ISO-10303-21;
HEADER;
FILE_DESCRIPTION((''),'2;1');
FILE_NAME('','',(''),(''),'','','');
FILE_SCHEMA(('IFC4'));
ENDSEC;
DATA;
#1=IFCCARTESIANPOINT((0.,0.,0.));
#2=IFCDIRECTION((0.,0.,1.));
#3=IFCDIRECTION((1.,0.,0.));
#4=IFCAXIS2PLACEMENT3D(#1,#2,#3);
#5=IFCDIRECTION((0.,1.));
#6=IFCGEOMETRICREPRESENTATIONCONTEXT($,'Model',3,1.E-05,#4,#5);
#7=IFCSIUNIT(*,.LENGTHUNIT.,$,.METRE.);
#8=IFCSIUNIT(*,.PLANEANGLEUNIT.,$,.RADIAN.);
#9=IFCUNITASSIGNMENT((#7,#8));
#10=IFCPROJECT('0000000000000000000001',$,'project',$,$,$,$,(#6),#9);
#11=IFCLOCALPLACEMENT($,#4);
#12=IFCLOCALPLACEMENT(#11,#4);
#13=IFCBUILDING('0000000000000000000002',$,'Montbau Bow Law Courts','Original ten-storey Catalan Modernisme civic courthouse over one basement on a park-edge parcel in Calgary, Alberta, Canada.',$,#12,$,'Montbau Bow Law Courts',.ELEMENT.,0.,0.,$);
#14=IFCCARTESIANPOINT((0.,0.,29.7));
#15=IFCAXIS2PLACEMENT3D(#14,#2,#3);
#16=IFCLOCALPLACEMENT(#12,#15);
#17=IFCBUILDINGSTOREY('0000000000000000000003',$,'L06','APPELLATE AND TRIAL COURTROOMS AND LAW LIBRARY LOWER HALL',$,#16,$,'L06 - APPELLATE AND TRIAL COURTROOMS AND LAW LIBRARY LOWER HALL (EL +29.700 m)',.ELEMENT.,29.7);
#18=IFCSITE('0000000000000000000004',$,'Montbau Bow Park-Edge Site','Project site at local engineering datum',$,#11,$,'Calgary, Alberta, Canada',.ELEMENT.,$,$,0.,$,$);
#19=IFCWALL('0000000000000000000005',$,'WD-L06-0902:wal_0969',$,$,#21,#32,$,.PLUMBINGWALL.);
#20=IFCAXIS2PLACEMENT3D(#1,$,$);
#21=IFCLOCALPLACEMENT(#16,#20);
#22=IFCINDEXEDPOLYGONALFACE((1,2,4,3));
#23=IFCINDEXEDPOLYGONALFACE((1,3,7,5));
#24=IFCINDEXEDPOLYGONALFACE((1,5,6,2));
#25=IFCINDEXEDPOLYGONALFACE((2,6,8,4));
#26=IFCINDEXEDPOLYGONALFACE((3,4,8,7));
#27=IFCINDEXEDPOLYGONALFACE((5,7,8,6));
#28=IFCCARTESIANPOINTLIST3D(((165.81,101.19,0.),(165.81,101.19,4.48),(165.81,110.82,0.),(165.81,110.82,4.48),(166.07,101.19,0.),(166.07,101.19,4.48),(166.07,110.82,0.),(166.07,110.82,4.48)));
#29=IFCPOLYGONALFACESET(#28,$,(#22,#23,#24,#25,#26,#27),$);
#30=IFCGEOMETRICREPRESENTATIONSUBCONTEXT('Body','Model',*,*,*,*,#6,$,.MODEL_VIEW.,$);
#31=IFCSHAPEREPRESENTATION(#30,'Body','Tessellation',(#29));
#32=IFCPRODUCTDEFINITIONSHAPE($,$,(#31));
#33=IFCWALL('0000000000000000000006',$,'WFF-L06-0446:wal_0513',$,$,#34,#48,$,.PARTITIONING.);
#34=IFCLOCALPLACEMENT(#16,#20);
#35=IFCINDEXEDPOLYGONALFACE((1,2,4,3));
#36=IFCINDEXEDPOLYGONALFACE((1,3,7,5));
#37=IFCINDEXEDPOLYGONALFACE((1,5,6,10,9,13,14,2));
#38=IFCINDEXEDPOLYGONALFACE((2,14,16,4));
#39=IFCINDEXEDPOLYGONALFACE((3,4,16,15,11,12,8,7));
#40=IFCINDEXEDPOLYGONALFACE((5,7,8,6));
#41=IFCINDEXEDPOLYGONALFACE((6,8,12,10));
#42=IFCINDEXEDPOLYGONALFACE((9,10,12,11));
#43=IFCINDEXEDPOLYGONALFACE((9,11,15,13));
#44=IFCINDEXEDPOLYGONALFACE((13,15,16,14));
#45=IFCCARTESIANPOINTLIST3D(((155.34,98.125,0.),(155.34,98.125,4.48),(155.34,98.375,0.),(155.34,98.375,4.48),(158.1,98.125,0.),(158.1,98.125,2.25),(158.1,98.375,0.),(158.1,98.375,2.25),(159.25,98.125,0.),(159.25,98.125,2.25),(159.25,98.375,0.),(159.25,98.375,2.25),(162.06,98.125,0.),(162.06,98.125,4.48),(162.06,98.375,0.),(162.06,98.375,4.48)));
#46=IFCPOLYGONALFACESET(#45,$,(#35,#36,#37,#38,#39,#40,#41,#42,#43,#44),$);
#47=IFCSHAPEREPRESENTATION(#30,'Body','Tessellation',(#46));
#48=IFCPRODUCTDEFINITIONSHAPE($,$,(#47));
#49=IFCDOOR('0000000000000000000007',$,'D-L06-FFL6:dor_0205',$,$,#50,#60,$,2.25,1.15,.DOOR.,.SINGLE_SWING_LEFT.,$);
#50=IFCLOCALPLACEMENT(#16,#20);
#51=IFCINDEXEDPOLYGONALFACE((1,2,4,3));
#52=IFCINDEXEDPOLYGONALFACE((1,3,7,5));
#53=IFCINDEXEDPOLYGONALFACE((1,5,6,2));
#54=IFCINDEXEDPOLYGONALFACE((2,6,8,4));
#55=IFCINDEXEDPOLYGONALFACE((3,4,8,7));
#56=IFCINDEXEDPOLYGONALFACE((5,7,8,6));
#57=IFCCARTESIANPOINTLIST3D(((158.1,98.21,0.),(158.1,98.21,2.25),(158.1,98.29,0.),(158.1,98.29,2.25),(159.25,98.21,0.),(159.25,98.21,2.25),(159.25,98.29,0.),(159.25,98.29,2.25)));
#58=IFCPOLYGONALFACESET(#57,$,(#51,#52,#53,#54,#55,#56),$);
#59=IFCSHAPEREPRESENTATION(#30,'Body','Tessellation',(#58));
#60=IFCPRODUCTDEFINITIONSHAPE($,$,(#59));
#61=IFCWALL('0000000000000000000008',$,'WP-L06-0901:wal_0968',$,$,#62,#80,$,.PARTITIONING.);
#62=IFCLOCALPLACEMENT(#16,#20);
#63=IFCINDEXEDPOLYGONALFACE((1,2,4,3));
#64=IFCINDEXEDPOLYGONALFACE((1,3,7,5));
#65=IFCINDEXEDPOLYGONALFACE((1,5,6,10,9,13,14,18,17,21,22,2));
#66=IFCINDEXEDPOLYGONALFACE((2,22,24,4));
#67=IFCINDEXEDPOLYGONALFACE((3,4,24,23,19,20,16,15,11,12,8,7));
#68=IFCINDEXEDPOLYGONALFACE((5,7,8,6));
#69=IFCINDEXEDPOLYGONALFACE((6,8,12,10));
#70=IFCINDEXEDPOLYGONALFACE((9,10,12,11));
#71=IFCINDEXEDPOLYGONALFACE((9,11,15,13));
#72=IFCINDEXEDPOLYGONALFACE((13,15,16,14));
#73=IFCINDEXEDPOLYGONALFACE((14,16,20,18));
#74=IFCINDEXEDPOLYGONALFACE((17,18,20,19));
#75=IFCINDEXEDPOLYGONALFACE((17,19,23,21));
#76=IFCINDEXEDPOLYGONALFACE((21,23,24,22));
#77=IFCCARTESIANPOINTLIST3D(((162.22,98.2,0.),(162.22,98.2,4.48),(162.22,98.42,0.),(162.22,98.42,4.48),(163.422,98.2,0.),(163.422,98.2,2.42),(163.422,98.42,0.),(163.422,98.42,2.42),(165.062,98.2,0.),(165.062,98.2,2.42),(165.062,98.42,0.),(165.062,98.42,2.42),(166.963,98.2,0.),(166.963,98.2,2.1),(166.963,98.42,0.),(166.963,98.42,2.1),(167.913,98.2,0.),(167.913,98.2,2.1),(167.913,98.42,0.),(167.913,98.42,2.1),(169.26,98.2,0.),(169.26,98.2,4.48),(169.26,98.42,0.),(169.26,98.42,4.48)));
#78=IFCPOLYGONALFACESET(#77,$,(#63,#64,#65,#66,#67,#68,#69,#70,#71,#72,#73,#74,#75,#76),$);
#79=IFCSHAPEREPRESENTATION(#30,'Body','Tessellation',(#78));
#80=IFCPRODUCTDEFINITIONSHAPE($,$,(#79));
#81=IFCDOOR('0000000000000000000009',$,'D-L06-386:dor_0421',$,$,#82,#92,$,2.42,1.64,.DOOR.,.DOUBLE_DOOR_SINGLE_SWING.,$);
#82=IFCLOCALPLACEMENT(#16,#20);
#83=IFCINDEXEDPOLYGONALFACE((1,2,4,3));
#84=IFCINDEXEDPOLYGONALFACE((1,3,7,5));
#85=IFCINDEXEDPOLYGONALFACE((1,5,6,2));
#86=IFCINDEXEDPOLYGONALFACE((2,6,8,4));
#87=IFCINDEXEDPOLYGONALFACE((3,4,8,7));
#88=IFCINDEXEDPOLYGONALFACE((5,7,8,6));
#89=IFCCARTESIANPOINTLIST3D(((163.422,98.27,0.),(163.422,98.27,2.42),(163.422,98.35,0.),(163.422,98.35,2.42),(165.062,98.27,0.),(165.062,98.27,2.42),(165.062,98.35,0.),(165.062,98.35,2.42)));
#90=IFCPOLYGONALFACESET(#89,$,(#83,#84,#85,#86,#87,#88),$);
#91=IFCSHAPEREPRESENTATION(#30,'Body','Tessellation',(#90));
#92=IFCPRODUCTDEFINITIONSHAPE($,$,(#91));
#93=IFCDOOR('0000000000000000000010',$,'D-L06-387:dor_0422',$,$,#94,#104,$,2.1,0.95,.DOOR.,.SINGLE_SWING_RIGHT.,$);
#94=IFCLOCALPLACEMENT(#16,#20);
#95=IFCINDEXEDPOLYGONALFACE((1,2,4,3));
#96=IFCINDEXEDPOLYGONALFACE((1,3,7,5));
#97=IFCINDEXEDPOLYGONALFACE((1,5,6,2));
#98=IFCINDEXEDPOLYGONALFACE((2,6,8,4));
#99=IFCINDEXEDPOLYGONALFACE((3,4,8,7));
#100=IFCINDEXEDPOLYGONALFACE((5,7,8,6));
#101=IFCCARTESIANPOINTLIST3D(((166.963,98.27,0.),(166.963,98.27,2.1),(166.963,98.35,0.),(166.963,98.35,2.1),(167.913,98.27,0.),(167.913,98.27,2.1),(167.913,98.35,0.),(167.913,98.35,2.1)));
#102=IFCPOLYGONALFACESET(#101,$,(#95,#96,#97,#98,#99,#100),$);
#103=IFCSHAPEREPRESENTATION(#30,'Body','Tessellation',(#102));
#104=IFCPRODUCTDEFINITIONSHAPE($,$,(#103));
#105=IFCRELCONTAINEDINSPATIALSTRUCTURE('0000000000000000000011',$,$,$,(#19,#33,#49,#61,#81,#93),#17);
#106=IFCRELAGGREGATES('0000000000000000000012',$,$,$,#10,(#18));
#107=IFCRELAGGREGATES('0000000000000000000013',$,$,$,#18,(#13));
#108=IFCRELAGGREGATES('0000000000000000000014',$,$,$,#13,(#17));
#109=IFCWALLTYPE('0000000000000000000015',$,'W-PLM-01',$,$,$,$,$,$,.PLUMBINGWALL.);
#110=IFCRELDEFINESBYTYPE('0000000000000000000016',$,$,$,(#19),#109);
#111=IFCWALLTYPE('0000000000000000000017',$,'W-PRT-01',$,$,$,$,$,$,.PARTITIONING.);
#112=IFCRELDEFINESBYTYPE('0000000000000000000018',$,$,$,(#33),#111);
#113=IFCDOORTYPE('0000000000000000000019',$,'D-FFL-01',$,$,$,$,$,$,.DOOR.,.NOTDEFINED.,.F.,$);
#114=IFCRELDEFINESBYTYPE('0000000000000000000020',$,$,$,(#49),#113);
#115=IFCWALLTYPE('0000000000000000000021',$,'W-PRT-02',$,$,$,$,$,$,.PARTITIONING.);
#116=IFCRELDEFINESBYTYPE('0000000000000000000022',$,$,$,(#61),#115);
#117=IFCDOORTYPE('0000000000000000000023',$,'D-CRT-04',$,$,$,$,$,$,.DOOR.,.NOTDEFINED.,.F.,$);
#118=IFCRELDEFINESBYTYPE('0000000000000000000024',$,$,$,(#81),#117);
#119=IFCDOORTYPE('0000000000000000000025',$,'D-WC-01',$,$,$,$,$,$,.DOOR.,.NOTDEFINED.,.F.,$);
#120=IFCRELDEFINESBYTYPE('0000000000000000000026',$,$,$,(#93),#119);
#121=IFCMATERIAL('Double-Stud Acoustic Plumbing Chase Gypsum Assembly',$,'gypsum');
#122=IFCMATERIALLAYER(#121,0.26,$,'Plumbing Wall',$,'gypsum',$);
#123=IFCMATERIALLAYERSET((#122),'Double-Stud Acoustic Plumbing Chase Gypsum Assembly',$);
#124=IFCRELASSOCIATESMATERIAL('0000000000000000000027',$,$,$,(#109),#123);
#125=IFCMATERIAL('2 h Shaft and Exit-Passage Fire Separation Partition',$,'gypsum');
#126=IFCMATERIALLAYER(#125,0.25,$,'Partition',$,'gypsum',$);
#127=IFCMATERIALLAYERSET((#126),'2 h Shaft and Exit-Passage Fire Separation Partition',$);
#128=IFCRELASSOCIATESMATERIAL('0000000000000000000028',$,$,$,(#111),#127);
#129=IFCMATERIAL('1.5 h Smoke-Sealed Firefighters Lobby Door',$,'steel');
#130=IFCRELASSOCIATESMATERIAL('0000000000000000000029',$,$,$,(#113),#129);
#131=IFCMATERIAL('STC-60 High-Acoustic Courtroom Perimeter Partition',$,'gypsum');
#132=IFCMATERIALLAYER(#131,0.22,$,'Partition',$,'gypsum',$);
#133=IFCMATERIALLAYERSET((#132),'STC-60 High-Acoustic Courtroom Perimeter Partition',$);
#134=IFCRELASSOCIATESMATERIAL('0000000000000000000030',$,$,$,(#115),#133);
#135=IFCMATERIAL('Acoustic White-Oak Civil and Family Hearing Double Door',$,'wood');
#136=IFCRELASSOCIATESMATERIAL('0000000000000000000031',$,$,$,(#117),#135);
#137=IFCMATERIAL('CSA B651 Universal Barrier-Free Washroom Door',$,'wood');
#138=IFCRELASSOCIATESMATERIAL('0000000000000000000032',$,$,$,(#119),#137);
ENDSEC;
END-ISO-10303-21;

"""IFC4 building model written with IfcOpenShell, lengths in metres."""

from ifc_helpers import new_model, si_unit, direction, frame, frame_2d, origin_with_axes, place, context, subcontext, project, spatial, rectangle, extrude, material, layer, layer_set, type_object, element, fill, save


model = new_model("IFC4")

# Units and contexts
model_context = context("Model", 3, precision=1e-05, world=origin_with_axes(), true_north=direction((0.0, 1.0)))
body_context = subcontext(model_context, "Body", "Model", "MODEL_VIEW")
ifc_project = project(units=[si_unit("LENGTHUNIT", "METRE"), si_unit("PLANEANGLEUNIT", "RADIAN")], contexts=[model_context])

# Site, building, storey
site_placement = place(None, origin_with_axes())
site = spatial("IfcSite", under=ifc_project, at=site_placement, Name="Montbau Bow Park-Edge Site", Description="Project site at local engineering datum", LongName="Calgary, Alberta, Canada", CompositionType="ELEMENT", RefElevation=0.0)
building_placement = place(site_placement, origin_with_axes())
building = spatial("IfcBuilding", under=site, at=building_placement, Name="Montbau Bow Law Courts", Description="Original ten-storey Catalan Modernisme civic courthouse over one basement on a park-edge parcel in Calgary, Alberta, Canada.", LongName="Montbau Bow Law Courts", CompositionType="ELEMENT", ElevationOfRefHeight=0.0, ElevationOfTerrain=0.0)
storey_placement = place(building_placement, frame((0.0, 0.0, 29.7), z_axis=(0.0, 0.0, 1.0), x_axis=(1.0, 0.0, 0.0)))
storey = spatial("IfcBuildingStorey", under=building, at=storey_placement, Name="L06", Description="APPELLATE AND TRIAL COURTROOMS AND LAW LIBRARY LOWER HALL", LongName="L06 - APPELLATE AND TRIAL COURTROOMS AND LAW LIBRARY LOWER HALL (EL +29.700 m)", CompositionType="ELEMENT", Elevation=29.7)

# Wall
ifc_material_1 = material(Name="Double-Stud Acoustic Plumbing Chase Gypsum Assembly", Category="gypsum")
ifc_layer_1 = layer(ifc_material_1, 0.26, Name="Plumbing Wall", Category="gypsum")
ifc_layer_set_1 = layer_set([ifc_layer_1], Name="Double-Stud Acoustic Plumbing Chase Gypsum Assembly")
wall_type_1 = type_object("IfcWallType", Name="W-PLM-01", PredefinedType="PLUMBINGWALL", material=ifc_layer_set_1)
wall_1_placement = place(None, frame((165.94, 101.19, 29.7), z_axis=(0.0, 0.0, 1.0), x_axis=(0.0, 1.0, 0.0)))
element("IfcWall", 1, at=wall_1_placement, inside=storey, type_object=wall_type_1, Name="WD-L06-0902:wal_0969", PredefinedType="PLUMBINGWALL", context=body_context, shape_type="SweptSolid", body=[
    extrude(rectangle(XDim=9.63, YDim=0.26, at=frame_2d((4.815, 0.0), x_axis=(1.0, 0.0))), origin_with_axes(), (0.0, 0.0, 1.0), 4.48),
])

# Wall, opening, door
ifc_material_2 = material(Name="2 h Shaft and Exit-Passage Fire Separation Partition", Category="gypsum")
ifc_layer_2 = layer(ifc_material_2, 0.25, Name="Partition", Category="gypsum")
ifc_layer_set_2 = layer_set([ifc_layer_2], Name="2 h Shaft and Exit-Passage Fire Separation Partition")
wall_type_2 = type_object("IfcWallType", Name="W-PRT-01", PredefinedType="PARTITIONING", material=ifc_layer_set_2)
wall_2_placement = place(None, frame((162.06, 98.25, 29.7), z_axis=(0.0, 0.0, 1.0), x_axis=(-1.0, 0.0, 0.0)))
wall_2 = element("IfcWall", 2, at=wall_2_placement, inside=storey, type_object=wall_type_2, Name="WFF-L06-0446:wal_0513", PredefinedType="PARTITIONING", context=body_context, shape_type="SweptSolid", body=[
    extrude(rectangle(XDim=6.72, YDim=0.25, at=frame_2d((3.36, 0.0), x_axis=(1.0, 0.0))), origin_with_axes(), (0.0, 0.0, 1.0), 4.48),
])
opening_1_placement = place(None, frame((158.675, 98.25, 29.7), z_axis=(0.0, 0.0, 1.0), x_axis=(-1.0, 0.0, 0.0)))
opening_1 = element("IfcOpeningElement", 3, at=opening_1_placement, cuts=wall_2, PredefinedType="OPENING", context=body_context, shape_type="SweptSolid", body=[
    extrude(rectangle(XDim=1.15, YDim=2.25, at=frame_2d((0.0, 1.125), x_axis=(1.0, 0.0))), frame((0.0, 0.135, 0.0), z_axis=(0.0, -1.0, 0.0), x_axis=(1.0, 0.0, 0.0)), (0.0, 0.0, 1.0), 0.27),
])
ifc_material_3 = material(Name="1.5 h Smoke-Sealed Firefighters Lobby Door", Category="steel")
door_type_1 = type_object("IfcDoorType", Name="D-FFL-01", OperationType="NOTDEFINED", ParameterTakesPrecedence=False, PredefinedType="DOOR", material=ifc_material_3)
door_1_placement = place(None, frame((158.675, 98.25, 29.7), z_axis=(0.0, 0.0, 1.0), x_axis=(1.0, 0.0, 0.0)))
door_1 = element("IfcDoor", 4, at=door_1_placement, inside=storey, type_object=door_type_1, Name="D-L06-FFL6:dor_0205", OperationType="SINGLE_SWING_LEFT", OverallHeight=2.25, OverallWidth=1.15, PredefinedType="DOOR", context=body_context, shape_type="SweptSolid", body=[
    extrude(rectangle(XDim=1.15, YDim=2.25, at=frame_2d((0.0, 1.125), x_axis=(1.0, 0.0))), frame((0.0, 0.04, 0.0), z_axis=(0.0, -1.0, 0.0), x_axis=(1.0, 0.0, 0.0)), (0.0, 0.0, 1.0), 0.08),
])
fill(opening_1, door_1)

# Wall, openings, doors
ifc_material_4 = material(Name="STC-60 High-Acoustic Courtroom Perimeter Partition", Category="gypsum")
ifc_layer_3 = layer(ifc_material_4, 0.22, Name="Partition", Category="gypsum")
ifc_layer_set_3 = layer_set([ifc_layer_3], Name="STC-60 High-Acoustic Courtroom Perimeter Partition")
wall_type_3 = type_object("IfcWallType", Name="W-PRT-02", PredefinedType="PARTITIONING", material=ifc_layer_set_3)
wall_3_placement = place(None, frame((162.22, 98.31, 29.7), z_axis=(0.0, 0.0, 1.0), x_axis=(1.0, 0.0, 0.0)))
wall_3 = element("IfcWall", 5, at=wall_3_placement, inside=storey, type_object=wall_type_3, Name="WP-L06-0901:wal_0968", PredefinedType="PARTITIONING", context=body_context, shape_type="SweptSolid", body=[
    extrude(rectangle(XDim=7.04, YDim=0.22, at=frame_2d((3.52, 0.0), x_axis=(1.0, 0.0))), origin_with_axes(), (0.0, 0.0, 1.0), 4.48),
])
opening_2_placement = place(None, frame((164.242, 98.31, 29.7), z_axis=(0.0, 0.0, 1.0), x_axis=(1.0, 0.0, 0.0)))
opening_2 = element("IfcOpeningElement", 6, at=opening_2_placement, cuts=wall_3, PredefinedType="OPENING", context=body_context, shape_type="SweptSolid", body=[
    extrude(rectangle(XDim=1.64, YDim=2.42, at=frame_2d((0.0, 1.21), x_axis=(1.0, 0.0))), frame((0.0, 0.12, 0.0), z_axis=(0.0, -1.0, 0.0), x_axis=(1.0, 0.0, 0.0)), (0.0, 0.0, 1.0), 0.24),
])
opening_3_placement = place(None, frame((167.438, 98.31, 29.7), z_axis=(0.0, 0.0, 1.0), x_axis=(1.0, 0.0, 0.0)))
opening_3 = element("IfcOpeningElement", 7, at=opening_3_placement, cuts=wall_3, PredefinedType="OPENING", context=body_context, shape_type="SweptSolid", body=[
    extrude(rectangle(XDim=0.95, YDim=2.1, at=frame_2d((0.0, 1.05), x_axis=(1.0, 0.0))), frame((0.0, 0.12, 0.0), z_axis=(0.0, -1.0, 0.0), x_axis=(1.0, 0.0, 0.0)), (0.0, 0.0, 1.0), 0.24),
])
ifc_material_5 = material(Name="Acoustic White-Oak Civil and Family Hearing Double Door", Category="wood")
door_type_2 = type_object("IfcDoorType", Name="D-CRT-04", OperationType="NOTDEFINED", ParameterTakesPrecedence=False, PredefinedType="DOOR", material=ifc_material_5)
door_2_placement = place(None, frame((164.242, 98.31, 29.7), z_axis=(0.0, 0.0, 1.0), x_axis=(1.0, 0.0, 0.0)))
door_2 = element("IfcDoor", 8, at=door_2_placement, inside=storey, type_object=door_type_2, Name="D-L06-386:dor_0421", OperationType="DOUBLE_DOOR_SINGLE_SWING", OverallHeight=2.42, OverallWidth=1.64, PredefinedType="DOOR", context=body_context, shape_type="SweptSolid", body=[
    extrude(rectangle(XDim=1.64, YDim=2.42, at=frame_2d((0.0, 1.21), x_axis=(1.0, 0.0))), frame((0.0, 0.04, 0.0), z_axis=(0.0, -1.0, 0.0), x_axis=(1.0, 0.0, 0.0)), (0.0, 0.0, 1.0), 0.08),
])
fill(opening_2, door_2)
ifc_material_6 = material(Name="CSA B651 Universal Barrier-Free Washroom Door", Category="wood")
door_type_3 = type_object("IfcDoorType", Name="D-WC-01", OperationType="NOTDEFINED", ParameterTakesPrecedence=False, PredefinedType="DOOR", material=ifc_material_6)
door_3_placement = place(None, frame((167.438, 98.31, 29.7), z_axis=(0.0, 0.0, 1.0), x_axis=(1.0, 0.0, 0.0)))
door_3 = element("IfcDoor", 9, at=door_3_placement, inside=storey, type_object=door_type_3, Name="D-L06-387:dor_0422", OperationType="SINGLE_SWING_RIGHT", OverallHeight=2.1, OverallWidth=0.95, PredefinedType="DOOR", context=body_context, shape_type="SweptSolid", body=[
    extrude(rectangle(XDim=0.95, YDim=2.1, at=frame_2d((0.0, 1.05), x_axis=(1.0, 0.0))), frame((0.0, 0.04, 0.0), z_axis=(0.0, -1.0, 0.0), x_axis=(1.0, 0.0, 0.0)), (0.0, 0.0, 1.0), 0.08),
])
fill(opening_3, door_3)

save(model, "model.ifc")
